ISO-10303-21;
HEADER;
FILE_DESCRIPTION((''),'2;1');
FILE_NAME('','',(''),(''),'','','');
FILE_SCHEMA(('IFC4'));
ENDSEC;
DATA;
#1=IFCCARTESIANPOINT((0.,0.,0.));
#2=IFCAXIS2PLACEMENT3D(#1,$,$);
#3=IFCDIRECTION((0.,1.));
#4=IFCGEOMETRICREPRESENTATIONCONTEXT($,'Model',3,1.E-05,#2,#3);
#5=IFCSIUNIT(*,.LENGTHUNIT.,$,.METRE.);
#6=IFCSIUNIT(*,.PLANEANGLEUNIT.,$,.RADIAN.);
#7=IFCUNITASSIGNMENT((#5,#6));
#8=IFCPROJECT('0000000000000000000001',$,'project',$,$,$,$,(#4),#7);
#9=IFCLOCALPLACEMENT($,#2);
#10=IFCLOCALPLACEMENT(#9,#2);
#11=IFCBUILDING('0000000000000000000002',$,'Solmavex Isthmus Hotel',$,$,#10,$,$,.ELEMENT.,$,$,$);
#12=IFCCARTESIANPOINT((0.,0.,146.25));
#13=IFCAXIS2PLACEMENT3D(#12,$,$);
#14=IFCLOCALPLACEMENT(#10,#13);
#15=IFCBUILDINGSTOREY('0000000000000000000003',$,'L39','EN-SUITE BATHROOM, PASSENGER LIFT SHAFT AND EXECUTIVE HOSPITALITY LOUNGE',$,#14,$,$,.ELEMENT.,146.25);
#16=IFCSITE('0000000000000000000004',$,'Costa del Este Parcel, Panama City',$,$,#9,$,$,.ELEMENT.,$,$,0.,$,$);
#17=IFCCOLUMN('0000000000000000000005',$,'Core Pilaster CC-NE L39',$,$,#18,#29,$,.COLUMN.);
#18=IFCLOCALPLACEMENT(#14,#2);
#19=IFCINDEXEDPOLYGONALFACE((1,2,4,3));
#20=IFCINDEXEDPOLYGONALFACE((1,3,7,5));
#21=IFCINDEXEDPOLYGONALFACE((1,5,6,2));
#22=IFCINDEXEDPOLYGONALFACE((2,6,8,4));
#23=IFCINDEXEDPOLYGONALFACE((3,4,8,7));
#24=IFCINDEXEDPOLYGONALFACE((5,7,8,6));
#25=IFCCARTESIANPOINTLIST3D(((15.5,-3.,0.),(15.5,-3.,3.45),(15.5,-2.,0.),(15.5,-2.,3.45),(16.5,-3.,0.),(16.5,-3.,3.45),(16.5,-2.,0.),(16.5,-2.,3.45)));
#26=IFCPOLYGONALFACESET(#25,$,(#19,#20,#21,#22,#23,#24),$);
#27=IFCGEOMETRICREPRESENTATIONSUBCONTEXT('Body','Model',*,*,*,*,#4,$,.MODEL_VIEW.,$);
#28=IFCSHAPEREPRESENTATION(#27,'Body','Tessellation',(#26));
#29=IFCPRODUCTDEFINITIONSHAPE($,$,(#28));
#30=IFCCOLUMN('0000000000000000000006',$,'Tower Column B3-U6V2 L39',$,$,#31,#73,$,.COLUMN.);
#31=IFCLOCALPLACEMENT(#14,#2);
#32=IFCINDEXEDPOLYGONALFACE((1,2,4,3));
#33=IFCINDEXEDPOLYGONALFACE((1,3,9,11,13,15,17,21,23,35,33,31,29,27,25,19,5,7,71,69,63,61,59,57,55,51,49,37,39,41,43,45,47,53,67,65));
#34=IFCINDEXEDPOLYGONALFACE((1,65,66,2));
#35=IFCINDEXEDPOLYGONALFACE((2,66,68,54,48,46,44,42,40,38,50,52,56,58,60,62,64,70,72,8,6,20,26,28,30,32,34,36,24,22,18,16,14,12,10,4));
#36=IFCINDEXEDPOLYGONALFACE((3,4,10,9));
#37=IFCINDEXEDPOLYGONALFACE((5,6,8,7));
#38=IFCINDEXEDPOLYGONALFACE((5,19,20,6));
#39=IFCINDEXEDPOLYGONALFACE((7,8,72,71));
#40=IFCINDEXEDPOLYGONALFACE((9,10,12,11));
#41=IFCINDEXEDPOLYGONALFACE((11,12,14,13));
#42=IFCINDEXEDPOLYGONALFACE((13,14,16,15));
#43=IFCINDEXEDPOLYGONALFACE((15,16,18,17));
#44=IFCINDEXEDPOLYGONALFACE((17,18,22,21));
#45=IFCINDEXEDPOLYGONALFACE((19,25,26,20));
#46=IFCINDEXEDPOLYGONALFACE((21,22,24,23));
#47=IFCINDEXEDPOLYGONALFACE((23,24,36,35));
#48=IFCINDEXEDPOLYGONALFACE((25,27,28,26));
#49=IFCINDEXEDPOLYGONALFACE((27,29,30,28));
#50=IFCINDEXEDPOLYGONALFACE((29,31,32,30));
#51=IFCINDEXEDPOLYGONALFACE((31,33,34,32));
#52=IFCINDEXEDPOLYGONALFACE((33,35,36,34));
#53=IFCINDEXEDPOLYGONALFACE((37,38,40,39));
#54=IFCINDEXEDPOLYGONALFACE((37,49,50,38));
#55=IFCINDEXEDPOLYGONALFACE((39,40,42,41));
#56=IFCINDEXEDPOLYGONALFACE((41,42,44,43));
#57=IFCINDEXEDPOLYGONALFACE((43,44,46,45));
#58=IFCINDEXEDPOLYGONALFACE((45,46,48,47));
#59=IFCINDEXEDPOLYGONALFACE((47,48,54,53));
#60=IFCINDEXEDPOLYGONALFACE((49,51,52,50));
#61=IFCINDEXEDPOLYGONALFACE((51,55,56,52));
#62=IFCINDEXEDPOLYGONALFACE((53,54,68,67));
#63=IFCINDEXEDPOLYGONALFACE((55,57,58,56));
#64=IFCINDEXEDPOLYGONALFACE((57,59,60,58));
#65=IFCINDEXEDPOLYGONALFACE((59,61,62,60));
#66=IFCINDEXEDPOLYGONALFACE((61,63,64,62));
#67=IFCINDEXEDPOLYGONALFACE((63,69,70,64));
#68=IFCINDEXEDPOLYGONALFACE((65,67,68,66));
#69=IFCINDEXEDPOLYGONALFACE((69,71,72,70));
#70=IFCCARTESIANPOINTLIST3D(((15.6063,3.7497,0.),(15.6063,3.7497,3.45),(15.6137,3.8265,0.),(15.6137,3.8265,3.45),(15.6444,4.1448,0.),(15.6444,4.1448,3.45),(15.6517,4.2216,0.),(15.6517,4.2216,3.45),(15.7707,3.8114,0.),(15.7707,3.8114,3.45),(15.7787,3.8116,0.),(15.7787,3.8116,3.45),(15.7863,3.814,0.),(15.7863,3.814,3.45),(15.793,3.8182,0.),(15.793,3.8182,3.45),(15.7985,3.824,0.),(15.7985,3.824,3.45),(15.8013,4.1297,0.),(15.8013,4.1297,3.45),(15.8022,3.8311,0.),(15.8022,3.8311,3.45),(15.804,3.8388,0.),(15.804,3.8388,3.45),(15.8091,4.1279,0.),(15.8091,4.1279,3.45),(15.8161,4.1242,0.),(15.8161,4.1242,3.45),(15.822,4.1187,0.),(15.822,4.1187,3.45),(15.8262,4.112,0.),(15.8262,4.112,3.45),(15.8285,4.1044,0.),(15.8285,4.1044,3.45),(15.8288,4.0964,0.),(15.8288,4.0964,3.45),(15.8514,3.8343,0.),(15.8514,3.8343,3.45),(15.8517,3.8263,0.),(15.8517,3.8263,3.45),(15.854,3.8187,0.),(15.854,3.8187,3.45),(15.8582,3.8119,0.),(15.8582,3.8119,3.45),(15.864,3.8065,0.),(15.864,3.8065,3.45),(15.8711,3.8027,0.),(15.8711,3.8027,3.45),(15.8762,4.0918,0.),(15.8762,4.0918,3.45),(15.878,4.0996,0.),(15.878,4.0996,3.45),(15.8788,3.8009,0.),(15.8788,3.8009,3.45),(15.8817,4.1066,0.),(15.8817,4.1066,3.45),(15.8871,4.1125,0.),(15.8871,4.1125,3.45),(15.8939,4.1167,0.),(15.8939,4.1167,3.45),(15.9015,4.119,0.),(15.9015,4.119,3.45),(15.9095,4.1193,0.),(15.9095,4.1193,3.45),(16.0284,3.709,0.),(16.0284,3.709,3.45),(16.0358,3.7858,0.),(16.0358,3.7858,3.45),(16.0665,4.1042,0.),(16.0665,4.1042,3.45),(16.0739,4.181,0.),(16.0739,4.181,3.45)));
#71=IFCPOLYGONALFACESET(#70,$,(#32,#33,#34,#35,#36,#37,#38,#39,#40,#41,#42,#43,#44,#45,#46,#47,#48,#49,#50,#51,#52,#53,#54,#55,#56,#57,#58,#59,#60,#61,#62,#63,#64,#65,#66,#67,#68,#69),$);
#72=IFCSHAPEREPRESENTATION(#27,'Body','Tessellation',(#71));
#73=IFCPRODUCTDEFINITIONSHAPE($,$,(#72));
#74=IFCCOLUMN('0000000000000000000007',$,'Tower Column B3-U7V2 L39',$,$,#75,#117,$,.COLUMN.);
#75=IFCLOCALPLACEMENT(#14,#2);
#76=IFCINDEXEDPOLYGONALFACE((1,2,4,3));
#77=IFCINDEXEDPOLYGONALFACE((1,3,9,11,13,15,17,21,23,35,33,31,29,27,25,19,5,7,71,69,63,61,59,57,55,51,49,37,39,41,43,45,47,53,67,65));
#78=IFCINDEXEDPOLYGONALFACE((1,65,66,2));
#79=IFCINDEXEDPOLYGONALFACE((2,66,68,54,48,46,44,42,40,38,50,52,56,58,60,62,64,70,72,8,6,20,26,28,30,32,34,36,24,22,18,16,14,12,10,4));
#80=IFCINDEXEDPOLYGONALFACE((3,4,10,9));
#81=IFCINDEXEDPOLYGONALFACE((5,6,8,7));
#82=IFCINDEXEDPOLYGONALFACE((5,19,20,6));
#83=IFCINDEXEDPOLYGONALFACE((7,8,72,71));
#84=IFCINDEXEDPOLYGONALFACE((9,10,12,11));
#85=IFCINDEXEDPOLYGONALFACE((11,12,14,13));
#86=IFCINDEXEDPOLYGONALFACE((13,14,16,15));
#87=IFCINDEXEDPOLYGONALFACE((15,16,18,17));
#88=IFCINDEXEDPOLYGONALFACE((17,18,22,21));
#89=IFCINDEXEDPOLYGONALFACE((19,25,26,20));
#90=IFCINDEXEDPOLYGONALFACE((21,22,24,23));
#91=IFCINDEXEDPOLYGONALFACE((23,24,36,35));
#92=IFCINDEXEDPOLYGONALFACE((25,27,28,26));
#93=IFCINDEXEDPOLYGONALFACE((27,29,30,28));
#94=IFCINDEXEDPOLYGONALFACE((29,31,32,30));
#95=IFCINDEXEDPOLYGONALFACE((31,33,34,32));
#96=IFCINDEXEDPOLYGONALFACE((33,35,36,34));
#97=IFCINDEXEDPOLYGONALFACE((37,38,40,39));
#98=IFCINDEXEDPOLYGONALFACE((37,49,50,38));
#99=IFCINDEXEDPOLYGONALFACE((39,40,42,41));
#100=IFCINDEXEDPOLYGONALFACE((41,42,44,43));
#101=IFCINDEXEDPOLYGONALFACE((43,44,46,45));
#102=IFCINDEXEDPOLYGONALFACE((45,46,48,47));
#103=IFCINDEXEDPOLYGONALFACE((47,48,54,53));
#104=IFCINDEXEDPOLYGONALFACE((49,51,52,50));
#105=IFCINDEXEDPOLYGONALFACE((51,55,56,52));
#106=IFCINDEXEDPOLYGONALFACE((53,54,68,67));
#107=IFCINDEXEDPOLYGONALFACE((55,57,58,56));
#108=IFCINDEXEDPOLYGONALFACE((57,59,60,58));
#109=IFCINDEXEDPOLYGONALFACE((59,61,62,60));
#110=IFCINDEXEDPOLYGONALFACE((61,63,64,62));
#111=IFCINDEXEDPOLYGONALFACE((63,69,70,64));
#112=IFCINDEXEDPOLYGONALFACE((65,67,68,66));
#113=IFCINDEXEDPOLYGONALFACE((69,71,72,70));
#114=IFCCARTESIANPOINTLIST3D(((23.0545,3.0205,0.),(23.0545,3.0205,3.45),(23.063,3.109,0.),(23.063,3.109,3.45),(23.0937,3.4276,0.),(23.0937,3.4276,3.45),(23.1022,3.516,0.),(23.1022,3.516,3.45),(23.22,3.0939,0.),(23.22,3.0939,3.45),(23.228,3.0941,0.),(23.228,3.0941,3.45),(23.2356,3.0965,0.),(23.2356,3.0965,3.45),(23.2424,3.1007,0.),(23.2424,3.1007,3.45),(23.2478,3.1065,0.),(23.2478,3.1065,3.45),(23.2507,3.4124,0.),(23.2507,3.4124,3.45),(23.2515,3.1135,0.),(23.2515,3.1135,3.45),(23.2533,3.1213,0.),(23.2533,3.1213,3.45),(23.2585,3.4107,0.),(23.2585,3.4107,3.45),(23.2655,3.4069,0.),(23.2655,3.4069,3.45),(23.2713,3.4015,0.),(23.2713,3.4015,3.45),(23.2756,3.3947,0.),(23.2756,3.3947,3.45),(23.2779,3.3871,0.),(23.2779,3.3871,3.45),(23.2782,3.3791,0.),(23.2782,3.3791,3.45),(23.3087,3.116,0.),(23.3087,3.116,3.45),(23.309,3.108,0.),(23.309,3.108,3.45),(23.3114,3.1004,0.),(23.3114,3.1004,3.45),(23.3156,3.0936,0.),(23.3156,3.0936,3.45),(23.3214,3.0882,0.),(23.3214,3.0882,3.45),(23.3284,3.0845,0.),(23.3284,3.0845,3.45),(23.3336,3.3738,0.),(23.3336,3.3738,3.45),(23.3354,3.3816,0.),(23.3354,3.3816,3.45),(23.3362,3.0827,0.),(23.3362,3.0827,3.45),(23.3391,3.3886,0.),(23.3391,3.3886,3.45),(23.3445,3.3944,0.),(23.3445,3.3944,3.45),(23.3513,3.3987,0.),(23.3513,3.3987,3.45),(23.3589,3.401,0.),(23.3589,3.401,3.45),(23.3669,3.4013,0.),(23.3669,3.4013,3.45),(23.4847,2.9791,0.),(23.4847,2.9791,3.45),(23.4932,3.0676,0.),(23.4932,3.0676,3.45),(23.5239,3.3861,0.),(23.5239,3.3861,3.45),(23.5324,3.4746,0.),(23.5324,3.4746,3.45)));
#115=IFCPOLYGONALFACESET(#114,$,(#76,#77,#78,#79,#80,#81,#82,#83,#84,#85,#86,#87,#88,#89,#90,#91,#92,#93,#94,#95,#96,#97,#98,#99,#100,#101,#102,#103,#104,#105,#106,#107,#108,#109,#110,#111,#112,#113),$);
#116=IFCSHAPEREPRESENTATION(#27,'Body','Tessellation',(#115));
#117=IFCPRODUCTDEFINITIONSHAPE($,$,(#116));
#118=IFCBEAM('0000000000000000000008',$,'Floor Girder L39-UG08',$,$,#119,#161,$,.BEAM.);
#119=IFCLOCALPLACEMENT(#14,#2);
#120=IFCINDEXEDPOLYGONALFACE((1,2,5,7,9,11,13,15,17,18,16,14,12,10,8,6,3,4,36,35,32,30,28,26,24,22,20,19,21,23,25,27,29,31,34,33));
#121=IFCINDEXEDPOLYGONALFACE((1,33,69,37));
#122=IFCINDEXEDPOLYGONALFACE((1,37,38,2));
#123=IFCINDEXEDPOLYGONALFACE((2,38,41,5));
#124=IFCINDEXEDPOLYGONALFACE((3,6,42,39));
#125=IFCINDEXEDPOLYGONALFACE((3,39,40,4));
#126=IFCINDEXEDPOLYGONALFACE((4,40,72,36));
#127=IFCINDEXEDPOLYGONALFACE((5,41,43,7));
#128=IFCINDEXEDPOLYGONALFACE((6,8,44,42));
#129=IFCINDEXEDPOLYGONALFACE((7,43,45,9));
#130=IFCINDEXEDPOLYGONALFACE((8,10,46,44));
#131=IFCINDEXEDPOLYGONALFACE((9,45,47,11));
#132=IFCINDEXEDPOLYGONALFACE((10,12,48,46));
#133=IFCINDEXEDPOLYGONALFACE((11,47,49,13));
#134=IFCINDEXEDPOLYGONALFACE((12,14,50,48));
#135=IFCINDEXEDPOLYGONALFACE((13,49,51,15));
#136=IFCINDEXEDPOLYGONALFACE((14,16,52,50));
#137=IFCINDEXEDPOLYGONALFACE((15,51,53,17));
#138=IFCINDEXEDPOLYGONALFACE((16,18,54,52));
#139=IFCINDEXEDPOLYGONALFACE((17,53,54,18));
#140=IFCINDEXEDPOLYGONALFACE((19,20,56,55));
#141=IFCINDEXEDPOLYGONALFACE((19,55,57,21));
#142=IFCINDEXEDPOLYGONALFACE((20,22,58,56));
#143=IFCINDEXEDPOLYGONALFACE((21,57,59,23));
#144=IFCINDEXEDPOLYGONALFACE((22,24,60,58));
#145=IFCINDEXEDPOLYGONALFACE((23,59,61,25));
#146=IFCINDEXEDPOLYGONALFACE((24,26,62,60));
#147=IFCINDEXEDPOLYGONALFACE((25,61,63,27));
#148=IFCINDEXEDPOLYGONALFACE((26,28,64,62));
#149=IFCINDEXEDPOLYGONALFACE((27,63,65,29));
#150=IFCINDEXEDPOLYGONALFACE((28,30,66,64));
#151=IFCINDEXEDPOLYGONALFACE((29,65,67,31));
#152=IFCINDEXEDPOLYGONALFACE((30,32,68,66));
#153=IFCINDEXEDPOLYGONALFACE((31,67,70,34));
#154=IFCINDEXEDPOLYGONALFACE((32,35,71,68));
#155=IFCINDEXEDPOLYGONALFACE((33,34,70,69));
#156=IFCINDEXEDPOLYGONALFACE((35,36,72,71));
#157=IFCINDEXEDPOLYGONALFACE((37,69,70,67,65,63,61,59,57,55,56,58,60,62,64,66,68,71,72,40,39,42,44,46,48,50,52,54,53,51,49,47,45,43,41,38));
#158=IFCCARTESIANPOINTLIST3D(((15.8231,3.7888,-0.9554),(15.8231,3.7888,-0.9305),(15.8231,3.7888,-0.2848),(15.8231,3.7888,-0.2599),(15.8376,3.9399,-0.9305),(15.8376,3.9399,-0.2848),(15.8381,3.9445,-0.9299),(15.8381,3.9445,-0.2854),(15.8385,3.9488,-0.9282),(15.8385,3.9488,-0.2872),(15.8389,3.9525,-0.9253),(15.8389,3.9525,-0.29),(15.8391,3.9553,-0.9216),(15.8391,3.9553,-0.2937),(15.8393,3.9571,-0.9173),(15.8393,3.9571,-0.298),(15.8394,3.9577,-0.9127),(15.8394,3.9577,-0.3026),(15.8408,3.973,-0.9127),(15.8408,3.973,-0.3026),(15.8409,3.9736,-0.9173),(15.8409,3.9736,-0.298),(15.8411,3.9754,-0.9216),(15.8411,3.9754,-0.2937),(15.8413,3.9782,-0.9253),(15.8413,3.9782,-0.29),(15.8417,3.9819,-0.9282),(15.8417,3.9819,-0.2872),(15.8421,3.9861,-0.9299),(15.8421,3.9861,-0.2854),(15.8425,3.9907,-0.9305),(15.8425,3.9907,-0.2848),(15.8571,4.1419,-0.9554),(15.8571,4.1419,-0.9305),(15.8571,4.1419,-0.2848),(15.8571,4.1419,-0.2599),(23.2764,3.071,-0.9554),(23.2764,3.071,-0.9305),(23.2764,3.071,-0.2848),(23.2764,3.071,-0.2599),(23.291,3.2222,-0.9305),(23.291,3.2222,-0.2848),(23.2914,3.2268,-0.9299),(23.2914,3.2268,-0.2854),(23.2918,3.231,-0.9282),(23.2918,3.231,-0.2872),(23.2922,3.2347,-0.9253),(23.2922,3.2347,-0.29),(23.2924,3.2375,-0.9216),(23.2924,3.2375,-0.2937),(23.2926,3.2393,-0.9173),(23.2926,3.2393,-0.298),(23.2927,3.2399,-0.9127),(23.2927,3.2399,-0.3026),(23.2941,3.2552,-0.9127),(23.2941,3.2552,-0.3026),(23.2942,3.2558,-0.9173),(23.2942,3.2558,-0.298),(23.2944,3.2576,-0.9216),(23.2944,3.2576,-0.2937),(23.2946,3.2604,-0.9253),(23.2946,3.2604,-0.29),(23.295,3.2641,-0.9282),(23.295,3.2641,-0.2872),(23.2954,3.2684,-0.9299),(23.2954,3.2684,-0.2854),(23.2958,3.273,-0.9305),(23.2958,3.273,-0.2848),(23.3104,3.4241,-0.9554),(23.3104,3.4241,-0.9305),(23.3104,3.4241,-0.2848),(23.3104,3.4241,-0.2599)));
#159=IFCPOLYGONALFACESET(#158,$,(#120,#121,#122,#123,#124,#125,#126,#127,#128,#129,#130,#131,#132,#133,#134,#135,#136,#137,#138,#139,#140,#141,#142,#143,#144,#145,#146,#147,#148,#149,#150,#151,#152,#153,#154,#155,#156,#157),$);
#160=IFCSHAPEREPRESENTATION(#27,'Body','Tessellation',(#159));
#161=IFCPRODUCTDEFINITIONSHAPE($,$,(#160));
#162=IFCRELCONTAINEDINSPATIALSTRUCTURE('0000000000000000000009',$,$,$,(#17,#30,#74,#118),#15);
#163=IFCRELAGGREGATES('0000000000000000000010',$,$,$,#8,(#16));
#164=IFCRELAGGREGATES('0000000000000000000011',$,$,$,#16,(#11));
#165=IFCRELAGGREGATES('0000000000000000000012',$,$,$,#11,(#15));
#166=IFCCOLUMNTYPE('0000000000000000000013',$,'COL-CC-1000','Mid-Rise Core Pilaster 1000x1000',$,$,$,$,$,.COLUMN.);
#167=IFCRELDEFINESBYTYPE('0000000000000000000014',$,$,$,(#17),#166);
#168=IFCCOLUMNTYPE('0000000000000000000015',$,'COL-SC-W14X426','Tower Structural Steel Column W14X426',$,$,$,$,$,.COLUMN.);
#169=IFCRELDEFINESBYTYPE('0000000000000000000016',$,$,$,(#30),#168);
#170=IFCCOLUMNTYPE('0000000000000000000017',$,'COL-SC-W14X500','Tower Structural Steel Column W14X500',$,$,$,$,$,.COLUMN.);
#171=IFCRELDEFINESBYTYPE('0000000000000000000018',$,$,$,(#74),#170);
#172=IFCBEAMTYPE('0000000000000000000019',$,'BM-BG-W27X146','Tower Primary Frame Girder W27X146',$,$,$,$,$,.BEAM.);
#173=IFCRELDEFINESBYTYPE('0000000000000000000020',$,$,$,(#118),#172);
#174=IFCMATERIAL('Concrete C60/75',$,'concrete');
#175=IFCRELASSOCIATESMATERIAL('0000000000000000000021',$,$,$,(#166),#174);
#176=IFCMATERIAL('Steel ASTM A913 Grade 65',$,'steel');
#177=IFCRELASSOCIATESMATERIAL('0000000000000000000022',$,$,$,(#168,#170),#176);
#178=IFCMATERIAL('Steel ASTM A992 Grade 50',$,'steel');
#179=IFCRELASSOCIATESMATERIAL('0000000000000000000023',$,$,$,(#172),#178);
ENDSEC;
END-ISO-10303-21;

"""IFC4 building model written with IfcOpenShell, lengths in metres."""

from ifc_helpers import new_model, si_unit, direction, frame, origin, origin_2d, place, context, subcontext, project, spatial, rectangle, i_section, extrude, material, material_profile, profile_set, type_object, element, save


model = new_model("IFC4")

# Units and contexts
model_context = context("Model", 3, precision=1e-05, world=origin(), true_north=direction((0.0, 1.0)))
body_context = subcontext(model_context, "Body", "Model", "MODEL_VIEW")
ifc_project = project(units=[si_unit("LENGTHUNIT", "METRE"), si_unit("PLANEANGLEUNIT", "RADIAN")], contexts=[model_context])

# Site, building, storey
site_placement = place(None, origin())
site = spatial("IfcSite", under=ifc_project, at=site_placement, Name="Costa del Este Parcel, Panama City", CompositionType="ELEMENT", RefElevation=0.0)
building_placement = place(site_placement, origin())
building = spatial("IfcBuilding", under=site, at=building_placement, Name="Solmavex Isthmus Hotel", CompositionType="ELEMENT")
storey_placement = place(building_placement, frame((0.0, 0.0, 146.25)))
storey = spatial("IfcBuildingStorey", under=building, at=storey_placement, Name="L39", Description="EN-SUITE BATHROOM, PASSENGER LIFT SHAFT AND EXECUTIVE HOSPITALITY LOUNGE", CompositionType="ELEMENT", Elevation=146.25)

# Columns
ifc_material_1 = material(Name="Concrete C60/75", Category="concrete")
ifc_material_profile_1 = material_profile(ifc_material_1, rectangle(XDim=1.0, YDim=1.0, at=origin_2d()), Name="RC1000X1000")
ifc_profile_set_1 = profile_set([ifc_material_profile_1], Name="Concrete C60/75")
column_type_1 = type_object("IfcColumnType", Name="COL-CC-1000", Description="Mid-Rise Core Pilaster 1000x1000", PredefinedType="COLUMN", material=ifc_profile_set_1)
column_1_placement = place(storey_placement, frame((16.0, -2.5, 0.0), z_axis=(0.0, 0.0, 1.0), x_axis=(1.0, 0.0, 0.0)))
element("IfcColumn", 1, at=column_1_placement, inside=storey, type_object=column_type_1, Name="Core Pilaster CC-NE L39", PredefinedType="COLUMN", context=body_context, shape_type="SweptSolid", body=[
    extrude(rectangle(XDim=1.0, YDim=1.0, at=origin_2d()), origin(), (0.0, 0.0, 1.0), 3.45),
])
ifc_material_2 = material(Name="Steel ASTM A913 Grade 65", Category="steel")
ifc_material_profile_2 = material_profile(ifc_material_2, i_section(OverallWidth=0.4241, OverallDepth=0.4741, WebThickness=0.0476, FlangeThickness=0.0771, FilletRadius=0.0305, at=origin_2d()), Name="W14X426")
ifc_profile_set_2 = profile_set([ifc_material_profile_2], Name="Steel ASTM A913 Grade 65")
column_type_2 = type_object("IfcColumnType", Name="COL-SC-W14X426", Description="Tower Structural Steel Column W14X426", PredefinedType="COLUMN", material=ifc_profile_set_2)
column_2_placement = place(storey_placement, frame((15.8401, 3.9653, 0.0), z_axis=(0.0, 0.0, 1.0), x_axis=(0.995396, -0.095846, 0.0)))
element("IfcColumn", 2, at=column_2_placement, inside=storey, type_object=column_type_2, Name="Tower Column B3-U6V2 L39", PredefinedType="COLUMN", context=body_context, shape_type="SweptSolid", body=[
    extrude(i_section(OverallWidth=0.4241, OverallDepth=0.4741, WebThickness=0.0476, FlangeThickness=0.0771, FilletRadius=0.0305, at=origin_2d()), origin(), (0.0, 0.0, 1.0), 3.45),
])
ifc_material_profile_3 = material_profile(ifc_material_2, i_section(OverallWidth=0.4321, OverallDepth=0.4978, WebThickness=0.0557, FlangeThickness=0.0889, FilletRadius=0.0305, at=origin_2d()), Name="W14X500")
ifc_profile_set_3 = profile_set([ifc_material_profile_3], Name="Steel ASTM A913 Grade 65")
column_type_3 = type_object("IfcColumnType", Name="COL-SC-W14X500", Description="Tower Structural Steel Column W14X500", PredefinedType="COLUMN", material=ifc_profile_set_3)
column_3_placement = place(storey_placement, frame((23.2935, 3.2476, 0.0), z_axis=(0.0, 0.0, 1.0), x_axis=(0.995396, -0.095846, 0.0)))
element("IfcColumn", 3, at=column_3_placement, inside=storey, type_object=column_type_3, Name="Tower Column B3-U7V2 L39", PredefinedType="COLUMN", context=body_context, shape_type="SweptSolid", body=[
    extrude(i_section(OverallWidth=0.4321, OverallDepth=0.4978, WebThickness=0.0557, FlangeThickness=0.0889, FilletRadius=0.0305, at=origin_2d()), origin(), (0.0, 0.0, 1.0), 3.45),
])

# Beam
ifc_material_3 = material(Name="Steel ASTM A992 Grade 50", Category="steel")
ifc_material_profile_4 = material_profile(ifc_material_3, i_section(OverallWidth=0.3547, OverallDepth=0.6956, WebThickness=0.0154, FlangeThickness=0.0249, FilletRadius=0.0178, at=origin_2d()), Name="W27X146")
ifc_profile_set_4 = profile_set([ifc_material_profile_4], Name="Steel ASTM A992 Grade 50")
beam_type_1 = type_object("IfcBeamType", Name="BM-BG-W27X146", Description="Tower Primary Frame Girder W27X146", PredefinedType="BEAM", material=ifc_profile_set_4)
beam_1_placement = place(storey_placement, frame((15.8401, 3.9653, -0.6077), z_axis=(0.995395, -0.095858, 0.0), x_axis=(0.095858, 0.995395, 0.0)))
element("IfcBeam", 4, at=beam_1_placement, inside=storey, type_object=beam_type_1, Name="Floor Girder L39-UG08", PredefinedType="BEAM", context=body_context, shape_type="SweptSolid", body=[
    extrude(i_section(OverallWidth=0.3547, OverallDepth=0.6956, WebThickness=0.0154, FlangeThickness=0.0249, FilletRadius=0.0178, at=origin_2d()), origin(), (0.0, 0.0, 1.0), 7.4878),
])

save(model, "model.ifc")
